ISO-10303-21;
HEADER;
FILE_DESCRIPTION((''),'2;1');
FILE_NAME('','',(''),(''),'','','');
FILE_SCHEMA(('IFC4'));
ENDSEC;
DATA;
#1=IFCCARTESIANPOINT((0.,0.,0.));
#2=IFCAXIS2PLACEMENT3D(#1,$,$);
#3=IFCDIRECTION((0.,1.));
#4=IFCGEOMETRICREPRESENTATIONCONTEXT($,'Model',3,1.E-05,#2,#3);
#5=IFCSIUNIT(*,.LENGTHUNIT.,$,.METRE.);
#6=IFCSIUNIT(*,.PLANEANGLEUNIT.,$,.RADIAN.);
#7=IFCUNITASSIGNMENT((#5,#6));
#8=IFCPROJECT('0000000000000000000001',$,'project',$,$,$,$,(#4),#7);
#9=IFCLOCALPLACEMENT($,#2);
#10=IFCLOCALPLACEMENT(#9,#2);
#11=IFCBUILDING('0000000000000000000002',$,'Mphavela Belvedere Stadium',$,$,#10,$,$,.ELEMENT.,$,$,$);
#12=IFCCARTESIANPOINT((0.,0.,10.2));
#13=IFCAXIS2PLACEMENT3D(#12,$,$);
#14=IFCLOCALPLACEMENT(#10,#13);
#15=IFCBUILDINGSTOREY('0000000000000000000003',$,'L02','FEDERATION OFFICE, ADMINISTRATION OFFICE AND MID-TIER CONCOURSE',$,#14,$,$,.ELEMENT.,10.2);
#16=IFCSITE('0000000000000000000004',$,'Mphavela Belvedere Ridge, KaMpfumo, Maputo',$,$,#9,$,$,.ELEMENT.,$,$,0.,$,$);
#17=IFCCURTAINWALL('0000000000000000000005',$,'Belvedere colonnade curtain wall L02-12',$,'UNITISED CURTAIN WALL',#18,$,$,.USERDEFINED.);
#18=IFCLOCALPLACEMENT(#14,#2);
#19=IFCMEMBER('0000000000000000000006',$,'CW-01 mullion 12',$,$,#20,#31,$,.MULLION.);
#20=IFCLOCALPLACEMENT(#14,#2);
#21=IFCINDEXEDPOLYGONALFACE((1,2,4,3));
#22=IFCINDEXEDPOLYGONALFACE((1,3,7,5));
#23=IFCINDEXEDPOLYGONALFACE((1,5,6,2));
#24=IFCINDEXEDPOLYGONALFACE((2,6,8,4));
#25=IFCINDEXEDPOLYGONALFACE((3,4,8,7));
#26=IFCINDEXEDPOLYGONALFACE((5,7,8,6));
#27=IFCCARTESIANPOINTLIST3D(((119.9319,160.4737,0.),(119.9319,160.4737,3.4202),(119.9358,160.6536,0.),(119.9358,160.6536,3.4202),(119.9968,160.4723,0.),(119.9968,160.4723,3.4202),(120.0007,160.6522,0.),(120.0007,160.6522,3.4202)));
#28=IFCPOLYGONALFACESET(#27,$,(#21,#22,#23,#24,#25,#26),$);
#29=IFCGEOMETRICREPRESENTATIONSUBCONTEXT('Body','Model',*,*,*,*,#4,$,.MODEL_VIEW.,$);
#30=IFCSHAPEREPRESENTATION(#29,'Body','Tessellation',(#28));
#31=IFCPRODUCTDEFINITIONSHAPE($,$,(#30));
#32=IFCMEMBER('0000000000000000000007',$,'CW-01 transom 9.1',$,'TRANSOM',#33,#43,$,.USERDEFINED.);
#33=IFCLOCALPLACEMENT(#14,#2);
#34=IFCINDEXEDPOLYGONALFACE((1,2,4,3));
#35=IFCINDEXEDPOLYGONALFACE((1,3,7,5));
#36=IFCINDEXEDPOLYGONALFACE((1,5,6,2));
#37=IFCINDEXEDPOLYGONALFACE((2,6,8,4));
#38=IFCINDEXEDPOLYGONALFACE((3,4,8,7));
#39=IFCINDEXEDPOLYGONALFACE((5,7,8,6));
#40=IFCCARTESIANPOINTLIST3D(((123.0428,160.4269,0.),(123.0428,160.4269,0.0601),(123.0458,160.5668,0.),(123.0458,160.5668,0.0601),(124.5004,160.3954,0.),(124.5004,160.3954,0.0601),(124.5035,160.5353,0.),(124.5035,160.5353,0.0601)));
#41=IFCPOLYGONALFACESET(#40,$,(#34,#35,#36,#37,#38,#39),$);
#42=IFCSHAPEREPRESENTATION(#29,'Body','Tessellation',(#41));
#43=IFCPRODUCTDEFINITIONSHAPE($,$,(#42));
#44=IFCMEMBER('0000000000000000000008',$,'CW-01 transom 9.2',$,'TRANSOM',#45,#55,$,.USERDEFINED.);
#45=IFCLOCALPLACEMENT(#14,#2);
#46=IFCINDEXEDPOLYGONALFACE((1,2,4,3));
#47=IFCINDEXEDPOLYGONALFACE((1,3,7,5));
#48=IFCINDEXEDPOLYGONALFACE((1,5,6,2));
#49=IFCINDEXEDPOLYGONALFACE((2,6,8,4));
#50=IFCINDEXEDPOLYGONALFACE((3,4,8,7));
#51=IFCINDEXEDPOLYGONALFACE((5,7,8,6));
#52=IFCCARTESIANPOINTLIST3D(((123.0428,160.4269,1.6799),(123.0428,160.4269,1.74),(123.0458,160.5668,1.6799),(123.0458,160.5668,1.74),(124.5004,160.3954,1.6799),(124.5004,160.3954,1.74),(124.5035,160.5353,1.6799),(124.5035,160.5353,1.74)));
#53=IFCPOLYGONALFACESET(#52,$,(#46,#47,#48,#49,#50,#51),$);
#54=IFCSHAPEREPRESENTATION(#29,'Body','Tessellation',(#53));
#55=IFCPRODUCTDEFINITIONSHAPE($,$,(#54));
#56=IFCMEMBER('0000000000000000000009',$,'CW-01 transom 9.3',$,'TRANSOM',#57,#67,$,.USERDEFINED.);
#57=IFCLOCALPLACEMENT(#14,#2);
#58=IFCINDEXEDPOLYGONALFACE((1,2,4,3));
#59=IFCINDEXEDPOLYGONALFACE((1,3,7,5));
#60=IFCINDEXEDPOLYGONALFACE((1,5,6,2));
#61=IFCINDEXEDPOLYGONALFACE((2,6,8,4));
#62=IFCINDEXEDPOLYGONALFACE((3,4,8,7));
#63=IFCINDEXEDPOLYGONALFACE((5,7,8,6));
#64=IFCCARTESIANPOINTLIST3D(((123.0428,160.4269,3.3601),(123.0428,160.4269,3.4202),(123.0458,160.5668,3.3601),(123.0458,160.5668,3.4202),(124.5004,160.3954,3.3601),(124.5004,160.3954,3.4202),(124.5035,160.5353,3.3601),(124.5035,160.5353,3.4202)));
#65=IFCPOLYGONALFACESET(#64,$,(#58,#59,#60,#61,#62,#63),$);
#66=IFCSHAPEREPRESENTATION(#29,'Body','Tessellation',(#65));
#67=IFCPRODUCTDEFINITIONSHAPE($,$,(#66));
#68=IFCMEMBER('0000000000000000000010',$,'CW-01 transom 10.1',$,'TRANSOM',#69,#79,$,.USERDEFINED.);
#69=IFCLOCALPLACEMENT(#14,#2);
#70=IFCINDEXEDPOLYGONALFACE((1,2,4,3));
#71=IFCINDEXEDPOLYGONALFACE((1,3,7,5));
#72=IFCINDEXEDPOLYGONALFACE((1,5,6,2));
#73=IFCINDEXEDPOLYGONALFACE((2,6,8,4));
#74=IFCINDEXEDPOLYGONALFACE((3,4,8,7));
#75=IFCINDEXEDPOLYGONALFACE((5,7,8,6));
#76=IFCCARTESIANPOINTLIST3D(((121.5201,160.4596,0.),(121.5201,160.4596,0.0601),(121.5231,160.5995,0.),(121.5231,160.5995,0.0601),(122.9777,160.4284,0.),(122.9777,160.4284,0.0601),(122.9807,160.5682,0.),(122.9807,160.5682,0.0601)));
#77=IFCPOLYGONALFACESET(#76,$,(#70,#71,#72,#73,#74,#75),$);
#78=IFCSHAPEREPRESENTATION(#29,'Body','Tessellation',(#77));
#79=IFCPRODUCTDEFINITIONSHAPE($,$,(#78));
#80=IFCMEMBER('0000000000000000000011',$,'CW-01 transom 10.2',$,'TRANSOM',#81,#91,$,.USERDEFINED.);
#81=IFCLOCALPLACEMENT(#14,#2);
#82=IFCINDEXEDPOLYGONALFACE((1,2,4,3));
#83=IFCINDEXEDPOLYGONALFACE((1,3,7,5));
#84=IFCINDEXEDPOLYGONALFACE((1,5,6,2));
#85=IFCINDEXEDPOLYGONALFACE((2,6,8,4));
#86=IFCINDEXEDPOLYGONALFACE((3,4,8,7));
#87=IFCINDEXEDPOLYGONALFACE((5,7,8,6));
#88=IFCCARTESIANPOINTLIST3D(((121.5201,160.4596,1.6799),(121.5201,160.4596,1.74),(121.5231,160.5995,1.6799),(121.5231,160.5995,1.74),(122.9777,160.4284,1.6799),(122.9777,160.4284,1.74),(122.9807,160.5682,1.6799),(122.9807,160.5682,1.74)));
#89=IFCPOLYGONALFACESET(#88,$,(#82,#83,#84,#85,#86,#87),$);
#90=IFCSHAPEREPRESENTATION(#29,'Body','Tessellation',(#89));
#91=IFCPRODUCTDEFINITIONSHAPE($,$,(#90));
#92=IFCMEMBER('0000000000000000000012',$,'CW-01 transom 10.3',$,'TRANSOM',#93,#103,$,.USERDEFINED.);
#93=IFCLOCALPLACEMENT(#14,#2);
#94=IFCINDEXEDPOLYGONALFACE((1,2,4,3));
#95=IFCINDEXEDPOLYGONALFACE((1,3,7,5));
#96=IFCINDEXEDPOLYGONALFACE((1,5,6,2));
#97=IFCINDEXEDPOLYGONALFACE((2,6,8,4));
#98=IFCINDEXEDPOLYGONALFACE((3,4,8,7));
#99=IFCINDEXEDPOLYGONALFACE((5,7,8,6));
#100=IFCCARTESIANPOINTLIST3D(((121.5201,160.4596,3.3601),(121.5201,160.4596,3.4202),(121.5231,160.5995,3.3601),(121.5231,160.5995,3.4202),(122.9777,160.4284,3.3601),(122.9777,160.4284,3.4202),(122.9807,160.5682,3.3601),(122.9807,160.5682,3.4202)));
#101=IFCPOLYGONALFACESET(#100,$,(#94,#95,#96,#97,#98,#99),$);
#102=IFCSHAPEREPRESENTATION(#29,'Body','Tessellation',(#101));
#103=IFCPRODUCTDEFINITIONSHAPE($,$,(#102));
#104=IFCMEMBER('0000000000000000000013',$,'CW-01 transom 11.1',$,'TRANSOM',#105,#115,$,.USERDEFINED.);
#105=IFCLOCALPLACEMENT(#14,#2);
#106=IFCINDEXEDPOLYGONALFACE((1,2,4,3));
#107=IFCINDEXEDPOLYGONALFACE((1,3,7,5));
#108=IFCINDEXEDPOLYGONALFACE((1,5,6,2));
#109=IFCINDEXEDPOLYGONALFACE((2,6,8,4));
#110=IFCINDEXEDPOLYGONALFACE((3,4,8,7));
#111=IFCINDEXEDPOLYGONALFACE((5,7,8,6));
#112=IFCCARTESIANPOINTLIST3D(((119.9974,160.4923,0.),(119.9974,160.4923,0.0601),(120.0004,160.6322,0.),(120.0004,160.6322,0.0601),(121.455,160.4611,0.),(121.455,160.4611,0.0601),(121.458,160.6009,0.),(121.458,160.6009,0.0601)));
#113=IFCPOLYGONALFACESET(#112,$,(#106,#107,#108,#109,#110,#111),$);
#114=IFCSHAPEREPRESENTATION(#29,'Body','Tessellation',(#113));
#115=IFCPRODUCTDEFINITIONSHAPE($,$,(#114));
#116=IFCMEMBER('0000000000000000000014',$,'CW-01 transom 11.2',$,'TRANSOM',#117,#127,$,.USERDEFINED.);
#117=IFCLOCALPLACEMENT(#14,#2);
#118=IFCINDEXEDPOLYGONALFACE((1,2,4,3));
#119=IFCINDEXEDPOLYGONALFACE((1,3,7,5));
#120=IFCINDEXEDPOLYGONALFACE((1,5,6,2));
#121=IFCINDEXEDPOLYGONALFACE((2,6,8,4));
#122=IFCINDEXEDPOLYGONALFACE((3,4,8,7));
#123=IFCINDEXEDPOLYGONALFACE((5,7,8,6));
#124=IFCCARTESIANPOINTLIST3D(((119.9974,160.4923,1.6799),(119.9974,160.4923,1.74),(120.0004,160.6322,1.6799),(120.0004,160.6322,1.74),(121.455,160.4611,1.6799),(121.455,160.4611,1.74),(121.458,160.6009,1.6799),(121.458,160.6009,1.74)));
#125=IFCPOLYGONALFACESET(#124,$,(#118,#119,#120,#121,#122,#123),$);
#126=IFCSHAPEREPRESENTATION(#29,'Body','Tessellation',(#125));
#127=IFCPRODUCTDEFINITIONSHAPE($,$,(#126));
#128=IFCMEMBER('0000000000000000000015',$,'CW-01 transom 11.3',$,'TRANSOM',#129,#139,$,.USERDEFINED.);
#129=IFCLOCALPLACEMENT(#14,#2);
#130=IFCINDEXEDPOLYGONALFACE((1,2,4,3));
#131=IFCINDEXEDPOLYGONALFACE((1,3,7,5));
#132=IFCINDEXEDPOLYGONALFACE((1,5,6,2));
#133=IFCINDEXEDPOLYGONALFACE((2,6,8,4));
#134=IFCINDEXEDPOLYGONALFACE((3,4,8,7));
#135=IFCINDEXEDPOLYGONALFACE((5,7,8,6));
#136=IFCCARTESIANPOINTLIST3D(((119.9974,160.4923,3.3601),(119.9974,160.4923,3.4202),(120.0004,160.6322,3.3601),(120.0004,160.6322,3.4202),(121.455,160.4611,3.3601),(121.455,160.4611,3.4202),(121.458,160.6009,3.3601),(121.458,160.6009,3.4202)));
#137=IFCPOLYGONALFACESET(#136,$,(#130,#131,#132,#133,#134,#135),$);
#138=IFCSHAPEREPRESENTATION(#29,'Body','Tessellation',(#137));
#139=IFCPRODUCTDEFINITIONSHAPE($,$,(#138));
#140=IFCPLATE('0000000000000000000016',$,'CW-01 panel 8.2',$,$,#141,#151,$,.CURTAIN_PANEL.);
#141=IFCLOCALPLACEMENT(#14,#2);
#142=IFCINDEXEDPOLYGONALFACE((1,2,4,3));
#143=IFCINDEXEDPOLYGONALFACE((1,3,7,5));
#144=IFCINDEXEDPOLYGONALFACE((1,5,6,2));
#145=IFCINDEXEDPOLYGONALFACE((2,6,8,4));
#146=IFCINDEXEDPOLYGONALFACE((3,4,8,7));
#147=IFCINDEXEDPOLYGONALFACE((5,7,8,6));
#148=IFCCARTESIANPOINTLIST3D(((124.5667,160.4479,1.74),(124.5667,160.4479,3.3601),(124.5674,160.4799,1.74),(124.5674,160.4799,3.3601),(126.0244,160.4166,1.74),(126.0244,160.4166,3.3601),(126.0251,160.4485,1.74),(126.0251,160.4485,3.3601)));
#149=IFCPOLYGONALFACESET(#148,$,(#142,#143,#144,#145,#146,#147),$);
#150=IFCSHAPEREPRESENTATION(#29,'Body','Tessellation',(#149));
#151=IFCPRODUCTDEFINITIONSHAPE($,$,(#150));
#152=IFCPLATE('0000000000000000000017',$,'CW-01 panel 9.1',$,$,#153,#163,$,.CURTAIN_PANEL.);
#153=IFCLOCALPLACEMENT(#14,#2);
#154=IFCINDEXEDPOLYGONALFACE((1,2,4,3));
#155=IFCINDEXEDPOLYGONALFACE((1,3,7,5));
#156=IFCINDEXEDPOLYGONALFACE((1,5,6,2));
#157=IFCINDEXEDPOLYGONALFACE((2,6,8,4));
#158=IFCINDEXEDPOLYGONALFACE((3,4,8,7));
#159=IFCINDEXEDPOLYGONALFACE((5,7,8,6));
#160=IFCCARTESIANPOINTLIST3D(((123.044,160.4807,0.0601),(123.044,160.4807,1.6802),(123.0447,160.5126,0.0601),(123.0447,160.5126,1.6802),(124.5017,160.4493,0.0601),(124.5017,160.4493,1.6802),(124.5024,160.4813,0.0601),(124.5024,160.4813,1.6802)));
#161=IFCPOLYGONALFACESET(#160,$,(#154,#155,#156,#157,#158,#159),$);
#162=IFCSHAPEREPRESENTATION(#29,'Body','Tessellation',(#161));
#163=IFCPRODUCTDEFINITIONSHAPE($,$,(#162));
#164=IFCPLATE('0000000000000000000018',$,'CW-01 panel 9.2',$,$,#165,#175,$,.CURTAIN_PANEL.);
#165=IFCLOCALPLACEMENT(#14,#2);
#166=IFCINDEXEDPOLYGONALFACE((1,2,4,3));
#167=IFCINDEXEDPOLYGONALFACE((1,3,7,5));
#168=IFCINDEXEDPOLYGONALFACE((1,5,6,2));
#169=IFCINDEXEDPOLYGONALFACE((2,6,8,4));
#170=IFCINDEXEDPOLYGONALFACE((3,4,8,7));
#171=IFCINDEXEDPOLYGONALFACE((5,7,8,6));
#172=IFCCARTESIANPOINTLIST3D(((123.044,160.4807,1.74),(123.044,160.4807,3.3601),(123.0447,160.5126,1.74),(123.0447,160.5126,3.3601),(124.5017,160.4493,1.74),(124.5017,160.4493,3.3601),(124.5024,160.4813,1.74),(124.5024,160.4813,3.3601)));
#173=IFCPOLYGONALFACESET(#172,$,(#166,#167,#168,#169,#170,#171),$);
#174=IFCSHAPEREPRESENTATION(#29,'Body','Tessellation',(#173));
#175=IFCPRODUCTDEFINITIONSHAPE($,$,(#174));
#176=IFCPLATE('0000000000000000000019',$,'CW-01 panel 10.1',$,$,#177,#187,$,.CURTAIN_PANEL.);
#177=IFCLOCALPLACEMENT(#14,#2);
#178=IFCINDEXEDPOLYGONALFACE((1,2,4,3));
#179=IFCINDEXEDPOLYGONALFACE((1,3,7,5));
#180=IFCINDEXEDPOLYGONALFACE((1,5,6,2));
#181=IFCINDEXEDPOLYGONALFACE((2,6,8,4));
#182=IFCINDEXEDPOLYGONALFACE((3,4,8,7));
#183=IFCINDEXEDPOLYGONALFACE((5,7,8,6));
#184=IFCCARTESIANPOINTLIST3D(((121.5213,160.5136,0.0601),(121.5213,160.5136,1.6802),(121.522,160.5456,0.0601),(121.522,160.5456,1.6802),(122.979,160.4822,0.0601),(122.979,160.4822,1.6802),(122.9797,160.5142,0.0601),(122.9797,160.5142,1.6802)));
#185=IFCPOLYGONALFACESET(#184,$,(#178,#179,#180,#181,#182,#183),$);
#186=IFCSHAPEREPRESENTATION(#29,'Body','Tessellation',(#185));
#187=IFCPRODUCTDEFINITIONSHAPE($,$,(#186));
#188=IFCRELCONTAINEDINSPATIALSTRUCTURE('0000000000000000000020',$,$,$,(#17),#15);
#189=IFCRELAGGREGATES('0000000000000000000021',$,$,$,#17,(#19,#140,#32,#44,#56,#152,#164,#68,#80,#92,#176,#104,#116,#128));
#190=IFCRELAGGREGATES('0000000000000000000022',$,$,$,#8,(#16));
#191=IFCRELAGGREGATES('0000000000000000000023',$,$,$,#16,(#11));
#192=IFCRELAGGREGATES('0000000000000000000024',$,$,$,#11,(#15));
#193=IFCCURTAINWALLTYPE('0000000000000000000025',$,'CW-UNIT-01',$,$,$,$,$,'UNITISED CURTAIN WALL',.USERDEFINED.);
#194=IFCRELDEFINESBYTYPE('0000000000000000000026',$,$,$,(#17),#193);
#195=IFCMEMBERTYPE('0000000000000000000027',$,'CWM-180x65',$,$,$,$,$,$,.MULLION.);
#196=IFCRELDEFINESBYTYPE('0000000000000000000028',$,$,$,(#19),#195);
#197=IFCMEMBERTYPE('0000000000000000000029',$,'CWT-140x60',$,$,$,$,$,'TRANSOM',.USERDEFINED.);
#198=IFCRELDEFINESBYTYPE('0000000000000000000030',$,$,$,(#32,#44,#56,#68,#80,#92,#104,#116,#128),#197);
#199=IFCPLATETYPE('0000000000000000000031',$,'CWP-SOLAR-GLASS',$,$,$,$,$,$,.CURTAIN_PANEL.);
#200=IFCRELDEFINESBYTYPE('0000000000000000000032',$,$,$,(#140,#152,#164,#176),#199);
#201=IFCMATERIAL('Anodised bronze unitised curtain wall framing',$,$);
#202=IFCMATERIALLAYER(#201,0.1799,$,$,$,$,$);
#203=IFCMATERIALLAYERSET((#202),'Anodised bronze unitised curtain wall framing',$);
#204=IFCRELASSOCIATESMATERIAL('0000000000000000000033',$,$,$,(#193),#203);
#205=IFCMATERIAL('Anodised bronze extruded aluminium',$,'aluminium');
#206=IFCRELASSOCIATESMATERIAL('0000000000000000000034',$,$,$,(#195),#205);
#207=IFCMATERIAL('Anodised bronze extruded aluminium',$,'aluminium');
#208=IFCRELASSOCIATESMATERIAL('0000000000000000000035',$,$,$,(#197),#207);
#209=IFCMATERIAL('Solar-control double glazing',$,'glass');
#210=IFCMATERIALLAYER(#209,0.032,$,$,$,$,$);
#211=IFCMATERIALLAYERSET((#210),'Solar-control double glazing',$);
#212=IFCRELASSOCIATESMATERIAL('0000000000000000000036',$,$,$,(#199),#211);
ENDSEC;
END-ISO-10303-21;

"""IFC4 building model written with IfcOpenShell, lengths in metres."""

from ifc_helpers import new_model, si_unit, direction, frame, origin, origin_2d, place, context, subcontext, project, spatial, rectangle, extrude, material, layer, layer_set, material_profile, profile_set, type_object, element, aggregate, save


model = new_model("IFC4")

# Units and contexts
model_context = context("Model", 3, precision=1e-05, world=origin(), true_north=direction((0.0, 1.0)))
body_context = subcontext(model_context, "Body", "Model", "MODEL_VIEW")
ifc_project = project(units=[si_unit("LENGTHUNIT", "METRE"), si_unit("PLANEANGLEUNIT", "RADIAN")], contexts=[model_context])

# Site, building, storey
site_placement = place(None, origin())
site = spatial("IfcSite", under=ifc_project, at=site_placement, Name="Mphavela Belvedere Ridge, KaMpfumo, Maputo", CompositionType="ELEMENT", RefElevation=0.0)
building_placement = place(site_placement, origin())
building = spatial("IfcBuilding", under=site, at=building_placement, Name="Mphavela Belvedere Stadium", CompositionType="ELEMENT")
storey_placement = place(building_placement, frame((0.0, 0.0, 10.2)))
storey = spatial("IfcBuildingStorey", under=building, at=storey_placement, Name="L02", Description="FEDERATION OFFICE, ADMINISTRATION OFFICE AND MID-TIER CONCOURSE", CompositionType="ELEMENT", Elevation=10.2)

# Curtain wall, members, plates
ifc_material_1 = material(Name="Anodised bronze unitised curtain wall framing")
ifc_layer_1 = layer(ifc_material_1, 0.1799)
ifc_layer_set_1 = layer_set([ifc_layer_1], Name="Anodised bronze unitised curtain wall framing")
curtain_wall_type = type_object("IfcCurtainWallType", Name="CW-UNIT-01", ElementType="UNITISED CURTAIN WALL", PredefinedType="USERDEFINED", material=ifc_layer_set_1)
curtain_wall_placement = place(storey_placement, origin())
curtain_wall = element("IfcCurtainWall", 1, at=curtain_wall_placement, inside=storey, type_object=curtain_wall_type, Name="Belvedere colonnade curtain wall L02-12", ObjectType="UNITISED CURTAIN WALL", PredefinedType="USERDEFINED")
ifc_material_2 = material(Name="Anodised bronze extruded aluminium", Category="aluminium")
ifc_material_profile_1 = material_profile(ifc_material_2, rectangle(XDim=0.1799, YDim=0.0649, at=origin_2d()), Name="CW-MUL 180x65")
ifc_profile_set_1 = profile_set([ifc_material_profile_1], Name="Anodised bronze extruded aluminium")
member_type_1 = type_object("IfcMemberType", Name="CWM-180x65", PredefinedType="MULLION", material=ifc_profile_set_1)
member_1_placement = place(storey_placement, frame((119.9663, 160.563, 0.0), z_axis=(0.0, 0.0, 1.0), x_axis=(-0.021525, -0.999768, 0.0)))
member_1 = element("IfcMember", 2, at=member_1_placement, type_object=member_type_1, Name="CW-01 mullion 12", PredefinedType="MULLION", context=body_context, shape_type="SweptSolid", body=[
    extrude(rectangle(XDim=0.1799, YDim=0.0649, at=origin_2d()), origin(), (0.0, 0.0, 1.0), 3.4202),
])
ifc_material_3 = material(Name="Anodised bronze extruded aluminium", Category="aluminium")
ifc_material_profile_2 = material_profile(ifc_material_3, rectangle(XDim=0.1399, YDim=0.0601, at=origin_2d()), Name="CW-TRN 140x60")
ifc_profile_set_2 = profile_set([ifc_material_profile_2], Name="Anodised bronze extruded aluminium")
member_type_2 = type_object("IfcMemberType", Name="CWT-140x60", ElementType="TRANSOM", PredefinedType="USERDEFINED", material=ifc_profile_set_2)
member_2_placement = place(storey_placement, frame((124.502, 160.4653, 0.03), z_axis=(-0.999767, 0.021599, 0.0), x_axis=(-0.021599, -0.999767, 0.0)))
member_2 = element("IfcMember", 3, at=member_2_placement, type_object=member_type_2, Name="CW-01 transom 9.1", ObjectType="TRANSOM", PredefinedType="USERDEFINED", context=body_context, shape_type="SweptSolid", body=[
    extrude(rectangle(XDim=0.1399, YDim=0.0601, at=origin_2d()), origin(), (0.0, 0.0, 1.0), 1.458),
])
member_3_placement = place(storey_placement, frame((124.502, 160.4653, 1.71), z_axis=(-0.999767, 0.021599, 0.0), x_axis=(-0.021599, -0.999767, 0.0)))
member_3 = element("IfcMember", 4, at=member_3_placement, type_object=member_type_2, Name="CW-01 transom 9.2", ObjectType="TRANSOM", PredefinedType="USERDEFINED", context=body_context, shape_type="SweptSolid", body=[
    extrude(rectangle(XDim=0.1399, YDim=0.0601, at=origin_2d()), origin(), (0.0, 0.0, 1.0), 1.458),
])
member_4_placement = place(storey_placement, frame((124.502, 160.4653, 3.3901), z_axis=(-0.999767, 0.021599, 0.0), x_axis=(-0.021599, -0.999767, 0.0)))
member_4 = element("IfcMember", 5, at=member_4_placement, type_object=member_type_2, Name="CW-01 transom 9.3", ObjectType="TRANSOM", PredefinedType="USERDEFINED", context=body_context, shape_type="SweptSolid", body=[
    extrude(rectangle(XDim=0.1399, YDim=0.0601, at=origin_2d()), origin(), (0.0, 0.0, 1.0), 1.458),
])
member_5_placement = place(storey_placement, frame((122.9792, 160.4983, 0.03), z_axis=(-0.99977, 0.021432, 0.0), x_axis=(-0.021432, -0.99977, 0.0)))
member_5 = element("IfcMember", 6, at=member_5_placement, type_object=member_type_2, Name="CW-01 transom 10.1", ObjectType="TRANSOM", PredefinedType="USERDEFINED", context=body_context, shape_type="SweptSolid", body=[
    extrude(rectangle(XDim=0.1399, YDim=0.0601, at=origin_2d()), origin(), (0.0, 0.0, 1.0), 1.458),
])
member_6_placement = place(storey_placement, frame((122.9792, 160.4983, 1.71), z_axis=(-0.99977, 0.021432, 0.0), x_axis=(-0.021432, -0.99977, 0.0)))
member_6 = element("IfcMember", 7, at=member_6_placement, type_object=member_type_2, Name="CW-01 transom 10.2", ObjectType="TRANSOM", PredefinedType="USERDEFINED", context=body_context, shape_type="SweptSolid", body=[
    extrude(rectangle(XDim=0.1399, YDim=0.0601, at=origin_2d()), origin(), (0.0, 0.0, 1.0), 1.458),
])
member_7_placement = place(storey_placement, frame((122.9792, 160.4983, 3.3901), z_axis=(-0.99977, 0.021432, 0.0), x_axis=(-0.021432, -0.99977, 0.0)))
member_7 = element("IfcMember", 8, at=member_7_placement, type_object=member_type_2, Name="CW-01 transom 10.3", ObjectType="TRANSOM", PredefinedType="USERDEFINED", context=body_context, shape_type="SweptSolid", body=[
    extrude(rectangle(XDim=0.1399, YDim=0.0601, at=origin_2d()), origin(), (0.0, 0.0, 1.0), 1.458),
])
member_8_placement = place(storey_placement, frame((121.4565, 160.531, 0.03), z_axis=(-0.99977, 0.021432, 0.0), x_axis=(-0.021432, -0.99977, 0.0)))
member_8 = element("IfcMember", 9, at=member_8_placement, type_object=member_type_2, Name="CW-01 transom 11.1", ObjectType="TRANSOM", PredefinedType="USERDEFINED", context=body_context, shape_type="SweptSolid", body=[
    extrude(rectangle(XDim=0.1399, YDim=0.0601, at=origin_2d()), origin(), (0.0, 0.0, 1.0), 1.458),
])
member_9_placement = place(storey_placement, frame((121.4565, 160.531, 1.71), z_axis=(-0.99977, 0.021432, 0.0), x_axis=(-0.021432, -0.99977, 0.0)))
member_9 = element("IfcMember", 10, at=member_9_placement, type_object=member_type_2, Name="CW-01 transom 11.2", ObjectType="TRANSOM", PredefinedType="USERDEFINED", context=body_context, shape_type="SweptSolid", body=[
    extrude(rectangle(XDim=0.1399, YDim=0.0601, at=origin_2d()), origin(), (0.0, 0.0, 1.0), 1.458),
])
member_10_placement = place(storey_placement, frame((121.4565, 160.531, 3.3901), z_axis=(-0.99977, 0.021432, 0.0), x_axis=(-0.021432, -0.99977, 0.0)))
member_10 = element("IfcMember", 11, at=member_10_placement, type_object=member_type_2, Name="CW-01 transom 11.3", ObjectType="TRANSOM", PredefinedType="USERDEFINED", context=body_context, shape_type="SweptSolid", body=[
    extrude(rectangle(XDim=0.1399, YDim=0.0601, at=origin_2d()), origin(), (0.0, 0.0, 1.0), 1.458),
])
ifc_material_4 = material(Name="Solar-control double glazing", Category="glass")
ifc_layer_2 = layer(ifc_material_4, 0.032)
ifc_layer_set_2 = layer_set([ifc_layer_2], Name="Solar-control double glazing")
plate_type = type_object("IfcPlateType", Name="CWP-SOLAR-GLASS", PredefinedType="CURTAIN_PANEL", material=ifc_layer_set_2)
plate_1_placement = place(storey_placement, frame((125.2959, 160.4482, 1.74), z_axis=(0.0, 0.0, 1.0), x_axis=(-0.999768, 0.021525, 0.0)))
plate_1 = element("IfcPlate", 12, at=plate_1_placement, type_object=plate_type, Name="CW-01 panel 8.2", PredefinedType="CURTAIN_PANEL", context=body_context, shape_type="SweptSolid", body=[
    extrude(rectangle(XDim=1.458, YDim=0.032, at=origin_2d()), origin(), (0.0, 0.0, 1.0), 1.6201),
])
plate_2_placement = place(storey_placement, frame((123.7732, 160.481, 0.0601), z_axis=(0.0, 0.0, 1.0), x_axis=(-0.999768, 0.021525, 0.0)))
plate_2 = element("IfcPlate", 13, at=plate_2_placement, type_object=plate_type, Name="CW-01 panel 9.1", PredefinedType="CURTAIN_PANEL", context=body_context, shape_type="SweptSolid", body=[
    extrude(rectangle(XDim=1.458, YDim=0.032, at=origin_2d()), origin(), (0.0, 0.0, 1.0), 1.6201),
])
plate_3_placement = place(storey_placement, frame((123.7732, 160.481, 1.74), z_axis=(0.0, 0.0, 1.0), x_axis=(-0.999768, 0.021525, 0.0)))
plate_3 = element("IfcPlate", 14, at=plate_3_placement, type_object=plate_type, Name="CW-01 panel 9.2", PredefinedType="CURTAIN_PANEL", context=body_context, shape_type="SweptSolid", body=[
    extrude(rectangle(XDim=1.458, YDim=0.032, at=origin_2d()), origin(), (0.0, 0.0, 1.0), 1.6201),
])
plate_4_placement = place(storey_placement, frame((122.2505, 160.5139, 0.0601), z_axis=(0.0, 0.0, 1.0), x_axis=(-0.999768, 0.021525, 0.0)))
plate_4 = element("IfcPlate", 15, at=plate_4_placement, type_object=plate_type, Name="CW-01 panel 10.1", PredefinedType="CURTAIN_PANEL", context=body_context, shape_type="SweptSolid", body=[
    extrude(rectangle(XDim=1.458, YDim=0.032, at=origin_2d()), origin(), (0.0, 0.0, 1.0), 1.6201),
])
aggregate(curtain_wall, [member_1, plate_1, member_2, member_3, member_4, plate_2, plate_3, member_5, member_6, member_7, plate_4, member_8, member_9, member_10])

save(model, "model.ifc")
